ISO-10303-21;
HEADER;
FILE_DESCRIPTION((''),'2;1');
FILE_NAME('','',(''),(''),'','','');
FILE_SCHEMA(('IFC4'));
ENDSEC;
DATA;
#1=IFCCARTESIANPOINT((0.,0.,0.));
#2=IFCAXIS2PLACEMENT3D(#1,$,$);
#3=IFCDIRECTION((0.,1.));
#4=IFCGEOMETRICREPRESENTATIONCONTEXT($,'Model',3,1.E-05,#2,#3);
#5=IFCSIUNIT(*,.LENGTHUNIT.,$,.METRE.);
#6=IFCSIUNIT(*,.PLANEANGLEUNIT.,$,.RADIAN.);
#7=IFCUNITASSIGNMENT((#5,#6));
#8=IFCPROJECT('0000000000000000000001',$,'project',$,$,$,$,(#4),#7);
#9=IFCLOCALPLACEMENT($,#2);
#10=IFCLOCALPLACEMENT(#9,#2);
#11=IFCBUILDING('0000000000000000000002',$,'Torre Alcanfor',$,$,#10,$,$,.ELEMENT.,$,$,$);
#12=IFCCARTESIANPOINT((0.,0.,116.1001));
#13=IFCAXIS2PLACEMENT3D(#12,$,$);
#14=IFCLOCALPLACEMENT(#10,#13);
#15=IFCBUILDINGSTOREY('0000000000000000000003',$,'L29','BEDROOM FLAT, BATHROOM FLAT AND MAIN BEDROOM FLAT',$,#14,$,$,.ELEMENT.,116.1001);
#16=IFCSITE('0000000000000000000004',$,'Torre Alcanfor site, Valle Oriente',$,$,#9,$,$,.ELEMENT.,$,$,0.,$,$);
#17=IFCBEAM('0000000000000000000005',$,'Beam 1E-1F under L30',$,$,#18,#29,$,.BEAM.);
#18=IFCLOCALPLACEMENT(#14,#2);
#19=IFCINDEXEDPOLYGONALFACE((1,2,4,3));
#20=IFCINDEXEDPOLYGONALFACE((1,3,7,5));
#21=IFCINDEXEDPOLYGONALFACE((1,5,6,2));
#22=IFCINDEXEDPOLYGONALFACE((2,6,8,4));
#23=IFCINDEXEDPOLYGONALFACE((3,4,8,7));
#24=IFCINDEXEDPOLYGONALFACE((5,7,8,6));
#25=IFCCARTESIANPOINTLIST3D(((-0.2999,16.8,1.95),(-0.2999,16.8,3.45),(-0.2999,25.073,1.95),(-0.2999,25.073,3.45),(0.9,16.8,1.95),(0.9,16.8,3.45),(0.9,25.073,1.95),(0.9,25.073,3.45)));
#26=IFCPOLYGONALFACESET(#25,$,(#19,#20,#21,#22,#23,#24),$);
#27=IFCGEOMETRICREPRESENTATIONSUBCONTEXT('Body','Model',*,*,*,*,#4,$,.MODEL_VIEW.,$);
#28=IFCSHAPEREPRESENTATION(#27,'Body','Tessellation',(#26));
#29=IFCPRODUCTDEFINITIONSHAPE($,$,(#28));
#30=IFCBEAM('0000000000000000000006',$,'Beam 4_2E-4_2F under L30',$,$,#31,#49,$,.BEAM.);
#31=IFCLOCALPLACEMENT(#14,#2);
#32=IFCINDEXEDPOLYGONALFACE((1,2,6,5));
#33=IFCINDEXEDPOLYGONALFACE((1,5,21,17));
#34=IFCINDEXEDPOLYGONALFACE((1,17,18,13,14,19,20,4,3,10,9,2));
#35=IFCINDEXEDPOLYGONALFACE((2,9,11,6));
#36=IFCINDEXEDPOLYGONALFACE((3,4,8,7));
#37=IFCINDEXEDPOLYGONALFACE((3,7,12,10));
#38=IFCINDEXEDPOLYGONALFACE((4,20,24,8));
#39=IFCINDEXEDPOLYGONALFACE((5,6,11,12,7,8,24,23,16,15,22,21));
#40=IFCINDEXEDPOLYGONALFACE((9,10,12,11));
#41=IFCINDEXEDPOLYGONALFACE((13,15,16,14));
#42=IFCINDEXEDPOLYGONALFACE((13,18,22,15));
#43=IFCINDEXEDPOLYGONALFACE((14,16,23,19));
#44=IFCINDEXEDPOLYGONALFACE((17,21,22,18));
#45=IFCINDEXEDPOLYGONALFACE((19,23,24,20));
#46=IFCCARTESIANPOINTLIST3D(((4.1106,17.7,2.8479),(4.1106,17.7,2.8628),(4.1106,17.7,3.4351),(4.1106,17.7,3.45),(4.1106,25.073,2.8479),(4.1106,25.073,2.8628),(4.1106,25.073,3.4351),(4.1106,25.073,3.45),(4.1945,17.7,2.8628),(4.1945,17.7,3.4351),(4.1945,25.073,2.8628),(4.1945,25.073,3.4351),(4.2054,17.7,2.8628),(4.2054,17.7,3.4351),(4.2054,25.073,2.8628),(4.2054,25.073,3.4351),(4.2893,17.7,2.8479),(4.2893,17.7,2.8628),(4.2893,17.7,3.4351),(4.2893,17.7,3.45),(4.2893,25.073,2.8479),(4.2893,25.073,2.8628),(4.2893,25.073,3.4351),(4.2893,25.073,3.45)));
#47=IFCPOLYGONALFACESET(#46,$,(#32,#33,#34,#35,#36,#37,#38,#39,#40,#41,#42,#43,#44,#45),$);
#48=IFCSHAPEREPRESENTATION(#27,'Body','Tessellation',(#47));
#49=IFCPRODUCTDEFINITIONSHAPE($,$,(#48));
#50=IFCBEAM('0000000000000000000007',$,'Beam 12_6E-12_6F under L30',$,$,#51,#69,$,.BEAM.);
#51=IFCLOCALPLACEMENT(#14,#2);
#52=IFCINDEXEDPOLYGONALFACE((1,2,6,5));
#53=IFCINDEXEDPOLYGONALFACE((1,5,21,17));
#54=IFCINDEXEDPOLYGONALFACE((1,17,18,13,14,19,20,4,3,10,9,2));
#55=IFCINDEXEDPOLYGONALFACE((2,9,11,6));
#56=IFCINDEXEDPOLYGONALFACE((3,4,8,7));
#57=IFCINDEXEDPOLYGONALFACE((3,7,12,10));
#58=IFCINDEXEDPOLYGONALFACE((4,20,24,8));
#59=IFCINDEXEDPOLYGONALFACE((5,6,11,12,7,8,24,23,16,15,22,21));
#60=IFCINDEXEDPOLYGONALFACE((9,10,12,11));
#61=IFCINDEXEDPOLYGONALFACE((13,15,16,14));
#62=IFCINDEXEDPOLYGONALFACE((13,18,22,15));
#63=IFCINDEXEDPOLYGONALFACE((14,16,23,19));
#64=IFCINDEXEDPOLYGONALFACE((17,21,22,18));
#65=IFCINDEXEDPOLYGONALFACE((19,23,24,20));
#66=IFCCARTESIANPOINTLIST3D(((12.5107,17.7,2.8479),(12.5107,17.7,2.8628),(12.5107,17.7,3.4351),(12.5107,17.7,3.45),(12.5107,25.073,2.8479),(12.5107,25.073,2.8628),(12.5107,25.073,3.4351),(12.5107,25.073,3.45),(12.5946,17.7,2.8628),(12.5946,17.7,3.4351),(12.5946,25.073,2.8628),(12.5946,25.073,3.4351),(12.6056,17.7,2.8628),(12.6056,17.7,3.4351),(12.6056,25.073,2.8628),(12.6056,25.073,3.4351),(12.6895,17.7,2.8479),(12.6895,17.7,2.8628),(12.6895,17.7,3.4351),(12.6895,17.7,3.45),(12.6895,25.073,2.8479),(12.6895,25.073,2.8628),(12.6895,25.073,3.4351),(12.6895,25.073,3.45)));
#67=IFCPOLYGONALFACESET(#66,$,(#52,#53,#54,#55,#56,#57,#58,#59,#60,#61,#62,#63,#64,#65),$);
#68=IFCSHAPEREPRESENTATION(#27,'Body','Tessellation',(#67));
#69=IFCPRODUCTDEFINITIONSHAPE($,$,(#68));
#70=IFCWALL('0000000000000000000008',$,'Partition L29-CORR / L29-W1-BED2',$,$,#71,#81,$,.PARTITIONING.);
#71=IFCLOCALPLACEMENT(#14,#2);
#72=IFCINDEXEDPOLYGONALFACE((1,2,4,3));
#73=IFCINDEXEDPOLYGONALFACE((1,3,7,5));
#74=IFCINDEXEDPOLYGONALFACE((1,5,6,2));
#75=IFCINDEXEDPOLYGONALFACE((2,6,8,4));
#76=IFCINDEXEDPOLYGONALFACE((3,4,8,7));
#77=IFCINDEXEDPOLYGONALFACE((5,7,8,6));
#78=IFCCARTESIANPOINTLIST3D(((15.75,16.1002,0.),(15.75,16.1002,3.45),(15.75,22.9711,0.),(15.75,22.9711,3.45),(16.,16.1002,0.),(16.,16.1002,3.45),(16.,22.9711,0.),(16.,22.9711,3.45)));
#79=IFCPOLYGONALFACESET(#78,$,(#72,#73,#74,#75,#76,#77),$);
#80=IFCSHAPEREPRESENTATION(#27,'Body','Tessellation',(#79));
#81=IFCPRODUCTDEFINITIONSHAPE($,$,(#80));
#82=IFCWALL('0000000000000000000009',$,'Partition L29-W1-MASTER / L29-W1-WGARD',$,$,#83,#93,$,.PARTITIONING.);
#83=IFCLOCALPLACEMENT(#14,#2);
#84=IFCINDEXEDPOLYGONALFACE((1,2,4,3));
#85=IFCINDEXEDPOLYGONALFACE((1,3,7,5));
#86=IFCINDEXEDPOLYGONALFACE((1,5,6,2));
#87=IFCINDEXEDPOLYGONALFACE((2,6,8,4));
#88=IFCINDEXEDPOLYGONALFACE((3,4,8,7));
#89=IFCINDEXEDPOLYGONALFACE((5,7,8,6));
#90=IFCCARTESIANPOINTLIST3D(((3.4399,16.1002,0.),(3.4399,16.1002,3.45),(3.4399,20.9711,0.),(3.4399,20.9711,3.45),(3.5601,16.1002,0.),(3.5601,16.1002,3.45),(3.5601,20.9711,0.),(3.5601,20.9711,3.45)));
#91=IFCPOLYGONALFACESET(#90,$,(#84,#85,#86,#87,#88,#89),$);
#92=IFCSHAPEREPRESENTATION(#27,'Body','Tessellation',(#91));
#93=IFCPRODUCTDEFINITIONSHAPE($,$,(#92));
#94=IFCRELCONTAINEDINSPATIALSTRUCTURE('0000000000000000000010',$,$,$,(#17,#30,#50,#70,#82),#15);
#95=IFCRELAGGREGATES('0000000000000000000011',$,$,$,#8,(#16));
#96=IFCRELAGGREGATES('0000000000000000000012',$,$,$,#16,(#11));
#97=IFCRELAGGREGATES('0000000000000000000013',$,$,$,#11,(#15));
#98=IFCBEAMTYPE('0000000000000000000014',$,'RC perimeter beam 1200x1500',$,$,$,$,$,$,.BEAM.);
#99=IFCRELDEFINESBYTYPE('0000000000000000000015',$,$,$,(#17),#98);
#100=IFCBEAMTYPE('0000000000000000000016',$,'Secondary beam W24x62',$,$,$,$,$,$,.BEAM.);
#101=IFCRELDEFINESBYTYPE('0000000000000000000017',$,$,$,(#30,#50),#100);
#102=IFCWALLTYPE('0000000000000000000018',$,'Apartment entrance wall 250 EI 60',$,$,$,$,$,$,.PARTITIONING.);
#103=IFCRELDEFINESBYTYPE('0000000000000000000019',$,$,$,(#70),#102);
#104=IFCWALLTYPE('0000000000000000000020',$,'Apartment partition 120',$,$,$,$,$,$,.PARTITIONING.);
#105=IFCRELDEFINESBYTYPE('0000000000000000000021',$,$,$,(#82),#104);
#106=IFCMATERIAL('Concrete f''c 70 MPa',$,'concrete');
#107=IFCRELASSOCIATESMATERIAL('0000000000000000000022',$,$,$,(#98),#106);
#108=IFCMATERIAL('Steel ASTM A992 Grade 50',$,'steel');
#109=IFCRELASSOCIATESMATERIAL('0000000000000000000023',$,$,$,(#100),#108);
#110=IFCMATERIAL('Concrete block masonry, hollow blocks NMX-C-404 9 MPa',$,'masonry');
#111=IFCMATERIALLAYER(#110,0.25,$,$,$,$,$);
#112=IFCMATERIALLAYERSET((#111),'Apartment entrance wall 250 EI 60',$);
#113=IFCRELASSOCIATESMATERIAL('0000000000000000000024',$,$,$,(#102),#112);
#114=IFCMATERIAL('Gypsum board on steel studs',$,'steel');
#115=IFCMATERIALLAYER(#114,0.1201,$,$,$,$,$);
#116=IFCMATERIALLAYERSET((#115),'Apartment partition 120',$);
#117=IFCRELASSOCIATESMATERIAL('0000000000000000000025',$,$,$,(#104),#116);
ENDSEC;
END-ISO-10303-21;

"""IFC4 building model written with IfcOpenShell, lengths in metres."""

from ifc_helpers import new_model, si_unit, direction, frame, frame_2d, origin, origin_2d, place, context, subcontext, project, spatial, rectangle, i_section, extrude, material, layer, layer_set, material_profile, profile_set, type_object, element, save


model = new_model("IFC4")

# Units and contexts
model_context = context("Model", 3, precision=1e-05, world=origin(), true_north=direction((0.0, 1.0)))
body_context = subcontext(model_context, "Body", "Model", "MODEL_VIEW")
ifc_project = project(units=[si_unit("LENGTHUNIT", "METRE"), si_unit("PLANEANGLEUNIT", "RADIAN")], contexts=[model_context])

# Site, building, storey
site_placement = place(None, origin())
site = spatial("IfcSite", under=ifc_project, at=site_placement, Name="Torre Alcanfor site, Valle Oriente", CompositionType="ELEMENT", RefElevation=0.0)
building_placement = place(site_placement, origin())
building = spatial("IfcBuilding", under=site, at=building_placement, Name="Torre Alcanfor", CompositionType="ELEMENT")
storey_placement = place(building_placement, frame((0.0, 0.0, 116.1001)))
storey = spatial("IfcBuildingStorey", under=building, at=storey_placement, Name="L29", Description="BEDROOM FLAT, BATHROOM FLAT AND MAIN BEDROOM FLAT", CompositionType="ELEMENT", Elevation=116.1001)

# Beams
ifc_material_1 = material(Name="Concrete f'c 70 MPa", Category="concrete")
ifc_material_profile_1 = material_profile(ifc_material_1, rectangle(XDim=1.2, YDim=1.5, at=origin_2d()), Name="1200x1500")
ifc_profile_set_1 = profile_set([ifc_material_profile_1], Name="Concrete f'c 70 MPa")
beam_type_1 = type_object("IfcBeamType", Name="RC perimeter beam 1200x1500", PredefinedType="BEAM", material=ifc_profile_set_1)
beam_1_placement = place(storey_placement, frame((0.3, 16.8, 2.7), z_axis=(0.0, 1.0, 0.0), x_axis=(-1.0, 0.0, 0.0)))
element("IfcBeam", 1, at=beam_1_placement, inside=storey, type_object=beam_type_1, Name="Beam 1E-1F under L30", PredefinedType="BEAM", context=body_context, shape_type="SweptSolid", body=[
    extrude(rectangle(XDim=1.2, YDim=1.5, at=origin_2d()), origin(), (0.0, 0.0, 1.0), 8.2729),
])
ifc_material_2 = material(Name="Steel ASTM A992 Grade 50", Category="steel")
ifc_material_profile_2 = material_profile(ifc_material_2, i_section(OverallWidth=0.1787, OverallDepth=0.6021, WebThickness=0.011, FlangeThickness=0.0149, at=origin_2d()), Name="W24x62")
ifc_profile_set_2 = profile_set([ifc_material_profile_2], Name="Steel ASTM A992 Grade 50")
beam_type_2 = type_object("IfcBeamType", Name="Secondary beam W24x62", PredefinedType="BEAM", material=ifc_profile_set_2)
for number, where, z_axis, x_axis, name in (
    (2, (4.2, 17.7, 3.1489), (0.0, 1.0, 0.0), (-1.0, 0.0, 0.0), "Beam 4_2E-4_2F under L30"),
    (3, (12.6001, 17.7, 3.1489), (0.0, 1.0, 0.0), (-1.0, 0.0, 0.0), "Beam 12_6E-12_6F under L30"),
):
    element("IfcBeam", number, at=place(storey_placement, frame(where, z_axis=z_axis, x_axis=x_axis)), inside=storey, type_object=beam_type_2, Name=name, PredefinedType="BEAM", context=body_context, shape_type="SweptSolid", body=[
        extrude(i_section(OverallWidth=0.1787, OverallDepth=0.6021, WebThickness=0.011, FlangeThickness=0.0149, at=origin_2d()), origin(), (0.0, 0.0, 1.0), 7.373),
    ])

# Walls
ifc_material_3 = material(Name="Concrete block masonry, hollow blocks NMX-C-404 9 MPa", Category="masonry")
ifc_layer_1 = layer(ifc_material_3, 0.25)
ifc_layer_set_1 = layer_set([ifc_layer_1], Name="Apartment entrance wall 250 EI 60")
wall_type_1 = type_object("IfcWallType", Name="Apartment entrance wall 250 EI 60", PredefinedType="PARTITIONING", material=ifc_layer_set_1)
wall_1_placement = place(storey_placement, frame((15.875, 16.1001, 0.0), z_axis=(0.0, 0.0, 1.0), x_axis=(0.0, 1.0, 0.0)))
element("IfcWall", 4, at=wall_1_placement, inside=storey, type_object=wall_type_1, Name="Partition L29-CORR / L29-W1-BED2", PredefinedType="PARTITIONING", context=body_context, shape_type="SweptSolid", body=[
    extrude(rectangle(XDim=6.8708, YDim=0.25, at=frame_2d((3.4355, 0.0))), origin(), (0.0, 0.0, 1.0), 3.45),
])
ifc_material_4 = material(Name="Gypsum board on steel studs", Category="steel")
ifc_layer_2 = layer(ifc_material_4, 0.1201)
ifc_layer_set_2 = layer_set([ifc_layer_2], Name="Apartment partition 120")
wall_type_2 = type_object("IfcWallType", Name="Apartment partition 120", PredefinedType="PARTITIONING", material=ifc_layer_set_2)
wall_2_placement = place(storey_placement, frame((3.5, 16.1001, 0.0), z_axis=(0.0, 0.0, 1.0), x_axis=(0.0, 1.0, 0.0)))
element("IfcWall", 5, at=wall_2_placement, inside=storey, type_object=wall_type_2, Name="Partition L29-W1-MASTER / L29-W1-WGARD", PredefinedType="PARTITIONING", context=body_context, shape_type="SweptSolid", body=[
    extrude(rectangle(XDim=4.8708, YDim=0.1201, at=frame_2d((2.4355, 0.0))), origin(), (0.0, 0.0, 1.0), 3.45),
])

save(model, "model.ifc")
